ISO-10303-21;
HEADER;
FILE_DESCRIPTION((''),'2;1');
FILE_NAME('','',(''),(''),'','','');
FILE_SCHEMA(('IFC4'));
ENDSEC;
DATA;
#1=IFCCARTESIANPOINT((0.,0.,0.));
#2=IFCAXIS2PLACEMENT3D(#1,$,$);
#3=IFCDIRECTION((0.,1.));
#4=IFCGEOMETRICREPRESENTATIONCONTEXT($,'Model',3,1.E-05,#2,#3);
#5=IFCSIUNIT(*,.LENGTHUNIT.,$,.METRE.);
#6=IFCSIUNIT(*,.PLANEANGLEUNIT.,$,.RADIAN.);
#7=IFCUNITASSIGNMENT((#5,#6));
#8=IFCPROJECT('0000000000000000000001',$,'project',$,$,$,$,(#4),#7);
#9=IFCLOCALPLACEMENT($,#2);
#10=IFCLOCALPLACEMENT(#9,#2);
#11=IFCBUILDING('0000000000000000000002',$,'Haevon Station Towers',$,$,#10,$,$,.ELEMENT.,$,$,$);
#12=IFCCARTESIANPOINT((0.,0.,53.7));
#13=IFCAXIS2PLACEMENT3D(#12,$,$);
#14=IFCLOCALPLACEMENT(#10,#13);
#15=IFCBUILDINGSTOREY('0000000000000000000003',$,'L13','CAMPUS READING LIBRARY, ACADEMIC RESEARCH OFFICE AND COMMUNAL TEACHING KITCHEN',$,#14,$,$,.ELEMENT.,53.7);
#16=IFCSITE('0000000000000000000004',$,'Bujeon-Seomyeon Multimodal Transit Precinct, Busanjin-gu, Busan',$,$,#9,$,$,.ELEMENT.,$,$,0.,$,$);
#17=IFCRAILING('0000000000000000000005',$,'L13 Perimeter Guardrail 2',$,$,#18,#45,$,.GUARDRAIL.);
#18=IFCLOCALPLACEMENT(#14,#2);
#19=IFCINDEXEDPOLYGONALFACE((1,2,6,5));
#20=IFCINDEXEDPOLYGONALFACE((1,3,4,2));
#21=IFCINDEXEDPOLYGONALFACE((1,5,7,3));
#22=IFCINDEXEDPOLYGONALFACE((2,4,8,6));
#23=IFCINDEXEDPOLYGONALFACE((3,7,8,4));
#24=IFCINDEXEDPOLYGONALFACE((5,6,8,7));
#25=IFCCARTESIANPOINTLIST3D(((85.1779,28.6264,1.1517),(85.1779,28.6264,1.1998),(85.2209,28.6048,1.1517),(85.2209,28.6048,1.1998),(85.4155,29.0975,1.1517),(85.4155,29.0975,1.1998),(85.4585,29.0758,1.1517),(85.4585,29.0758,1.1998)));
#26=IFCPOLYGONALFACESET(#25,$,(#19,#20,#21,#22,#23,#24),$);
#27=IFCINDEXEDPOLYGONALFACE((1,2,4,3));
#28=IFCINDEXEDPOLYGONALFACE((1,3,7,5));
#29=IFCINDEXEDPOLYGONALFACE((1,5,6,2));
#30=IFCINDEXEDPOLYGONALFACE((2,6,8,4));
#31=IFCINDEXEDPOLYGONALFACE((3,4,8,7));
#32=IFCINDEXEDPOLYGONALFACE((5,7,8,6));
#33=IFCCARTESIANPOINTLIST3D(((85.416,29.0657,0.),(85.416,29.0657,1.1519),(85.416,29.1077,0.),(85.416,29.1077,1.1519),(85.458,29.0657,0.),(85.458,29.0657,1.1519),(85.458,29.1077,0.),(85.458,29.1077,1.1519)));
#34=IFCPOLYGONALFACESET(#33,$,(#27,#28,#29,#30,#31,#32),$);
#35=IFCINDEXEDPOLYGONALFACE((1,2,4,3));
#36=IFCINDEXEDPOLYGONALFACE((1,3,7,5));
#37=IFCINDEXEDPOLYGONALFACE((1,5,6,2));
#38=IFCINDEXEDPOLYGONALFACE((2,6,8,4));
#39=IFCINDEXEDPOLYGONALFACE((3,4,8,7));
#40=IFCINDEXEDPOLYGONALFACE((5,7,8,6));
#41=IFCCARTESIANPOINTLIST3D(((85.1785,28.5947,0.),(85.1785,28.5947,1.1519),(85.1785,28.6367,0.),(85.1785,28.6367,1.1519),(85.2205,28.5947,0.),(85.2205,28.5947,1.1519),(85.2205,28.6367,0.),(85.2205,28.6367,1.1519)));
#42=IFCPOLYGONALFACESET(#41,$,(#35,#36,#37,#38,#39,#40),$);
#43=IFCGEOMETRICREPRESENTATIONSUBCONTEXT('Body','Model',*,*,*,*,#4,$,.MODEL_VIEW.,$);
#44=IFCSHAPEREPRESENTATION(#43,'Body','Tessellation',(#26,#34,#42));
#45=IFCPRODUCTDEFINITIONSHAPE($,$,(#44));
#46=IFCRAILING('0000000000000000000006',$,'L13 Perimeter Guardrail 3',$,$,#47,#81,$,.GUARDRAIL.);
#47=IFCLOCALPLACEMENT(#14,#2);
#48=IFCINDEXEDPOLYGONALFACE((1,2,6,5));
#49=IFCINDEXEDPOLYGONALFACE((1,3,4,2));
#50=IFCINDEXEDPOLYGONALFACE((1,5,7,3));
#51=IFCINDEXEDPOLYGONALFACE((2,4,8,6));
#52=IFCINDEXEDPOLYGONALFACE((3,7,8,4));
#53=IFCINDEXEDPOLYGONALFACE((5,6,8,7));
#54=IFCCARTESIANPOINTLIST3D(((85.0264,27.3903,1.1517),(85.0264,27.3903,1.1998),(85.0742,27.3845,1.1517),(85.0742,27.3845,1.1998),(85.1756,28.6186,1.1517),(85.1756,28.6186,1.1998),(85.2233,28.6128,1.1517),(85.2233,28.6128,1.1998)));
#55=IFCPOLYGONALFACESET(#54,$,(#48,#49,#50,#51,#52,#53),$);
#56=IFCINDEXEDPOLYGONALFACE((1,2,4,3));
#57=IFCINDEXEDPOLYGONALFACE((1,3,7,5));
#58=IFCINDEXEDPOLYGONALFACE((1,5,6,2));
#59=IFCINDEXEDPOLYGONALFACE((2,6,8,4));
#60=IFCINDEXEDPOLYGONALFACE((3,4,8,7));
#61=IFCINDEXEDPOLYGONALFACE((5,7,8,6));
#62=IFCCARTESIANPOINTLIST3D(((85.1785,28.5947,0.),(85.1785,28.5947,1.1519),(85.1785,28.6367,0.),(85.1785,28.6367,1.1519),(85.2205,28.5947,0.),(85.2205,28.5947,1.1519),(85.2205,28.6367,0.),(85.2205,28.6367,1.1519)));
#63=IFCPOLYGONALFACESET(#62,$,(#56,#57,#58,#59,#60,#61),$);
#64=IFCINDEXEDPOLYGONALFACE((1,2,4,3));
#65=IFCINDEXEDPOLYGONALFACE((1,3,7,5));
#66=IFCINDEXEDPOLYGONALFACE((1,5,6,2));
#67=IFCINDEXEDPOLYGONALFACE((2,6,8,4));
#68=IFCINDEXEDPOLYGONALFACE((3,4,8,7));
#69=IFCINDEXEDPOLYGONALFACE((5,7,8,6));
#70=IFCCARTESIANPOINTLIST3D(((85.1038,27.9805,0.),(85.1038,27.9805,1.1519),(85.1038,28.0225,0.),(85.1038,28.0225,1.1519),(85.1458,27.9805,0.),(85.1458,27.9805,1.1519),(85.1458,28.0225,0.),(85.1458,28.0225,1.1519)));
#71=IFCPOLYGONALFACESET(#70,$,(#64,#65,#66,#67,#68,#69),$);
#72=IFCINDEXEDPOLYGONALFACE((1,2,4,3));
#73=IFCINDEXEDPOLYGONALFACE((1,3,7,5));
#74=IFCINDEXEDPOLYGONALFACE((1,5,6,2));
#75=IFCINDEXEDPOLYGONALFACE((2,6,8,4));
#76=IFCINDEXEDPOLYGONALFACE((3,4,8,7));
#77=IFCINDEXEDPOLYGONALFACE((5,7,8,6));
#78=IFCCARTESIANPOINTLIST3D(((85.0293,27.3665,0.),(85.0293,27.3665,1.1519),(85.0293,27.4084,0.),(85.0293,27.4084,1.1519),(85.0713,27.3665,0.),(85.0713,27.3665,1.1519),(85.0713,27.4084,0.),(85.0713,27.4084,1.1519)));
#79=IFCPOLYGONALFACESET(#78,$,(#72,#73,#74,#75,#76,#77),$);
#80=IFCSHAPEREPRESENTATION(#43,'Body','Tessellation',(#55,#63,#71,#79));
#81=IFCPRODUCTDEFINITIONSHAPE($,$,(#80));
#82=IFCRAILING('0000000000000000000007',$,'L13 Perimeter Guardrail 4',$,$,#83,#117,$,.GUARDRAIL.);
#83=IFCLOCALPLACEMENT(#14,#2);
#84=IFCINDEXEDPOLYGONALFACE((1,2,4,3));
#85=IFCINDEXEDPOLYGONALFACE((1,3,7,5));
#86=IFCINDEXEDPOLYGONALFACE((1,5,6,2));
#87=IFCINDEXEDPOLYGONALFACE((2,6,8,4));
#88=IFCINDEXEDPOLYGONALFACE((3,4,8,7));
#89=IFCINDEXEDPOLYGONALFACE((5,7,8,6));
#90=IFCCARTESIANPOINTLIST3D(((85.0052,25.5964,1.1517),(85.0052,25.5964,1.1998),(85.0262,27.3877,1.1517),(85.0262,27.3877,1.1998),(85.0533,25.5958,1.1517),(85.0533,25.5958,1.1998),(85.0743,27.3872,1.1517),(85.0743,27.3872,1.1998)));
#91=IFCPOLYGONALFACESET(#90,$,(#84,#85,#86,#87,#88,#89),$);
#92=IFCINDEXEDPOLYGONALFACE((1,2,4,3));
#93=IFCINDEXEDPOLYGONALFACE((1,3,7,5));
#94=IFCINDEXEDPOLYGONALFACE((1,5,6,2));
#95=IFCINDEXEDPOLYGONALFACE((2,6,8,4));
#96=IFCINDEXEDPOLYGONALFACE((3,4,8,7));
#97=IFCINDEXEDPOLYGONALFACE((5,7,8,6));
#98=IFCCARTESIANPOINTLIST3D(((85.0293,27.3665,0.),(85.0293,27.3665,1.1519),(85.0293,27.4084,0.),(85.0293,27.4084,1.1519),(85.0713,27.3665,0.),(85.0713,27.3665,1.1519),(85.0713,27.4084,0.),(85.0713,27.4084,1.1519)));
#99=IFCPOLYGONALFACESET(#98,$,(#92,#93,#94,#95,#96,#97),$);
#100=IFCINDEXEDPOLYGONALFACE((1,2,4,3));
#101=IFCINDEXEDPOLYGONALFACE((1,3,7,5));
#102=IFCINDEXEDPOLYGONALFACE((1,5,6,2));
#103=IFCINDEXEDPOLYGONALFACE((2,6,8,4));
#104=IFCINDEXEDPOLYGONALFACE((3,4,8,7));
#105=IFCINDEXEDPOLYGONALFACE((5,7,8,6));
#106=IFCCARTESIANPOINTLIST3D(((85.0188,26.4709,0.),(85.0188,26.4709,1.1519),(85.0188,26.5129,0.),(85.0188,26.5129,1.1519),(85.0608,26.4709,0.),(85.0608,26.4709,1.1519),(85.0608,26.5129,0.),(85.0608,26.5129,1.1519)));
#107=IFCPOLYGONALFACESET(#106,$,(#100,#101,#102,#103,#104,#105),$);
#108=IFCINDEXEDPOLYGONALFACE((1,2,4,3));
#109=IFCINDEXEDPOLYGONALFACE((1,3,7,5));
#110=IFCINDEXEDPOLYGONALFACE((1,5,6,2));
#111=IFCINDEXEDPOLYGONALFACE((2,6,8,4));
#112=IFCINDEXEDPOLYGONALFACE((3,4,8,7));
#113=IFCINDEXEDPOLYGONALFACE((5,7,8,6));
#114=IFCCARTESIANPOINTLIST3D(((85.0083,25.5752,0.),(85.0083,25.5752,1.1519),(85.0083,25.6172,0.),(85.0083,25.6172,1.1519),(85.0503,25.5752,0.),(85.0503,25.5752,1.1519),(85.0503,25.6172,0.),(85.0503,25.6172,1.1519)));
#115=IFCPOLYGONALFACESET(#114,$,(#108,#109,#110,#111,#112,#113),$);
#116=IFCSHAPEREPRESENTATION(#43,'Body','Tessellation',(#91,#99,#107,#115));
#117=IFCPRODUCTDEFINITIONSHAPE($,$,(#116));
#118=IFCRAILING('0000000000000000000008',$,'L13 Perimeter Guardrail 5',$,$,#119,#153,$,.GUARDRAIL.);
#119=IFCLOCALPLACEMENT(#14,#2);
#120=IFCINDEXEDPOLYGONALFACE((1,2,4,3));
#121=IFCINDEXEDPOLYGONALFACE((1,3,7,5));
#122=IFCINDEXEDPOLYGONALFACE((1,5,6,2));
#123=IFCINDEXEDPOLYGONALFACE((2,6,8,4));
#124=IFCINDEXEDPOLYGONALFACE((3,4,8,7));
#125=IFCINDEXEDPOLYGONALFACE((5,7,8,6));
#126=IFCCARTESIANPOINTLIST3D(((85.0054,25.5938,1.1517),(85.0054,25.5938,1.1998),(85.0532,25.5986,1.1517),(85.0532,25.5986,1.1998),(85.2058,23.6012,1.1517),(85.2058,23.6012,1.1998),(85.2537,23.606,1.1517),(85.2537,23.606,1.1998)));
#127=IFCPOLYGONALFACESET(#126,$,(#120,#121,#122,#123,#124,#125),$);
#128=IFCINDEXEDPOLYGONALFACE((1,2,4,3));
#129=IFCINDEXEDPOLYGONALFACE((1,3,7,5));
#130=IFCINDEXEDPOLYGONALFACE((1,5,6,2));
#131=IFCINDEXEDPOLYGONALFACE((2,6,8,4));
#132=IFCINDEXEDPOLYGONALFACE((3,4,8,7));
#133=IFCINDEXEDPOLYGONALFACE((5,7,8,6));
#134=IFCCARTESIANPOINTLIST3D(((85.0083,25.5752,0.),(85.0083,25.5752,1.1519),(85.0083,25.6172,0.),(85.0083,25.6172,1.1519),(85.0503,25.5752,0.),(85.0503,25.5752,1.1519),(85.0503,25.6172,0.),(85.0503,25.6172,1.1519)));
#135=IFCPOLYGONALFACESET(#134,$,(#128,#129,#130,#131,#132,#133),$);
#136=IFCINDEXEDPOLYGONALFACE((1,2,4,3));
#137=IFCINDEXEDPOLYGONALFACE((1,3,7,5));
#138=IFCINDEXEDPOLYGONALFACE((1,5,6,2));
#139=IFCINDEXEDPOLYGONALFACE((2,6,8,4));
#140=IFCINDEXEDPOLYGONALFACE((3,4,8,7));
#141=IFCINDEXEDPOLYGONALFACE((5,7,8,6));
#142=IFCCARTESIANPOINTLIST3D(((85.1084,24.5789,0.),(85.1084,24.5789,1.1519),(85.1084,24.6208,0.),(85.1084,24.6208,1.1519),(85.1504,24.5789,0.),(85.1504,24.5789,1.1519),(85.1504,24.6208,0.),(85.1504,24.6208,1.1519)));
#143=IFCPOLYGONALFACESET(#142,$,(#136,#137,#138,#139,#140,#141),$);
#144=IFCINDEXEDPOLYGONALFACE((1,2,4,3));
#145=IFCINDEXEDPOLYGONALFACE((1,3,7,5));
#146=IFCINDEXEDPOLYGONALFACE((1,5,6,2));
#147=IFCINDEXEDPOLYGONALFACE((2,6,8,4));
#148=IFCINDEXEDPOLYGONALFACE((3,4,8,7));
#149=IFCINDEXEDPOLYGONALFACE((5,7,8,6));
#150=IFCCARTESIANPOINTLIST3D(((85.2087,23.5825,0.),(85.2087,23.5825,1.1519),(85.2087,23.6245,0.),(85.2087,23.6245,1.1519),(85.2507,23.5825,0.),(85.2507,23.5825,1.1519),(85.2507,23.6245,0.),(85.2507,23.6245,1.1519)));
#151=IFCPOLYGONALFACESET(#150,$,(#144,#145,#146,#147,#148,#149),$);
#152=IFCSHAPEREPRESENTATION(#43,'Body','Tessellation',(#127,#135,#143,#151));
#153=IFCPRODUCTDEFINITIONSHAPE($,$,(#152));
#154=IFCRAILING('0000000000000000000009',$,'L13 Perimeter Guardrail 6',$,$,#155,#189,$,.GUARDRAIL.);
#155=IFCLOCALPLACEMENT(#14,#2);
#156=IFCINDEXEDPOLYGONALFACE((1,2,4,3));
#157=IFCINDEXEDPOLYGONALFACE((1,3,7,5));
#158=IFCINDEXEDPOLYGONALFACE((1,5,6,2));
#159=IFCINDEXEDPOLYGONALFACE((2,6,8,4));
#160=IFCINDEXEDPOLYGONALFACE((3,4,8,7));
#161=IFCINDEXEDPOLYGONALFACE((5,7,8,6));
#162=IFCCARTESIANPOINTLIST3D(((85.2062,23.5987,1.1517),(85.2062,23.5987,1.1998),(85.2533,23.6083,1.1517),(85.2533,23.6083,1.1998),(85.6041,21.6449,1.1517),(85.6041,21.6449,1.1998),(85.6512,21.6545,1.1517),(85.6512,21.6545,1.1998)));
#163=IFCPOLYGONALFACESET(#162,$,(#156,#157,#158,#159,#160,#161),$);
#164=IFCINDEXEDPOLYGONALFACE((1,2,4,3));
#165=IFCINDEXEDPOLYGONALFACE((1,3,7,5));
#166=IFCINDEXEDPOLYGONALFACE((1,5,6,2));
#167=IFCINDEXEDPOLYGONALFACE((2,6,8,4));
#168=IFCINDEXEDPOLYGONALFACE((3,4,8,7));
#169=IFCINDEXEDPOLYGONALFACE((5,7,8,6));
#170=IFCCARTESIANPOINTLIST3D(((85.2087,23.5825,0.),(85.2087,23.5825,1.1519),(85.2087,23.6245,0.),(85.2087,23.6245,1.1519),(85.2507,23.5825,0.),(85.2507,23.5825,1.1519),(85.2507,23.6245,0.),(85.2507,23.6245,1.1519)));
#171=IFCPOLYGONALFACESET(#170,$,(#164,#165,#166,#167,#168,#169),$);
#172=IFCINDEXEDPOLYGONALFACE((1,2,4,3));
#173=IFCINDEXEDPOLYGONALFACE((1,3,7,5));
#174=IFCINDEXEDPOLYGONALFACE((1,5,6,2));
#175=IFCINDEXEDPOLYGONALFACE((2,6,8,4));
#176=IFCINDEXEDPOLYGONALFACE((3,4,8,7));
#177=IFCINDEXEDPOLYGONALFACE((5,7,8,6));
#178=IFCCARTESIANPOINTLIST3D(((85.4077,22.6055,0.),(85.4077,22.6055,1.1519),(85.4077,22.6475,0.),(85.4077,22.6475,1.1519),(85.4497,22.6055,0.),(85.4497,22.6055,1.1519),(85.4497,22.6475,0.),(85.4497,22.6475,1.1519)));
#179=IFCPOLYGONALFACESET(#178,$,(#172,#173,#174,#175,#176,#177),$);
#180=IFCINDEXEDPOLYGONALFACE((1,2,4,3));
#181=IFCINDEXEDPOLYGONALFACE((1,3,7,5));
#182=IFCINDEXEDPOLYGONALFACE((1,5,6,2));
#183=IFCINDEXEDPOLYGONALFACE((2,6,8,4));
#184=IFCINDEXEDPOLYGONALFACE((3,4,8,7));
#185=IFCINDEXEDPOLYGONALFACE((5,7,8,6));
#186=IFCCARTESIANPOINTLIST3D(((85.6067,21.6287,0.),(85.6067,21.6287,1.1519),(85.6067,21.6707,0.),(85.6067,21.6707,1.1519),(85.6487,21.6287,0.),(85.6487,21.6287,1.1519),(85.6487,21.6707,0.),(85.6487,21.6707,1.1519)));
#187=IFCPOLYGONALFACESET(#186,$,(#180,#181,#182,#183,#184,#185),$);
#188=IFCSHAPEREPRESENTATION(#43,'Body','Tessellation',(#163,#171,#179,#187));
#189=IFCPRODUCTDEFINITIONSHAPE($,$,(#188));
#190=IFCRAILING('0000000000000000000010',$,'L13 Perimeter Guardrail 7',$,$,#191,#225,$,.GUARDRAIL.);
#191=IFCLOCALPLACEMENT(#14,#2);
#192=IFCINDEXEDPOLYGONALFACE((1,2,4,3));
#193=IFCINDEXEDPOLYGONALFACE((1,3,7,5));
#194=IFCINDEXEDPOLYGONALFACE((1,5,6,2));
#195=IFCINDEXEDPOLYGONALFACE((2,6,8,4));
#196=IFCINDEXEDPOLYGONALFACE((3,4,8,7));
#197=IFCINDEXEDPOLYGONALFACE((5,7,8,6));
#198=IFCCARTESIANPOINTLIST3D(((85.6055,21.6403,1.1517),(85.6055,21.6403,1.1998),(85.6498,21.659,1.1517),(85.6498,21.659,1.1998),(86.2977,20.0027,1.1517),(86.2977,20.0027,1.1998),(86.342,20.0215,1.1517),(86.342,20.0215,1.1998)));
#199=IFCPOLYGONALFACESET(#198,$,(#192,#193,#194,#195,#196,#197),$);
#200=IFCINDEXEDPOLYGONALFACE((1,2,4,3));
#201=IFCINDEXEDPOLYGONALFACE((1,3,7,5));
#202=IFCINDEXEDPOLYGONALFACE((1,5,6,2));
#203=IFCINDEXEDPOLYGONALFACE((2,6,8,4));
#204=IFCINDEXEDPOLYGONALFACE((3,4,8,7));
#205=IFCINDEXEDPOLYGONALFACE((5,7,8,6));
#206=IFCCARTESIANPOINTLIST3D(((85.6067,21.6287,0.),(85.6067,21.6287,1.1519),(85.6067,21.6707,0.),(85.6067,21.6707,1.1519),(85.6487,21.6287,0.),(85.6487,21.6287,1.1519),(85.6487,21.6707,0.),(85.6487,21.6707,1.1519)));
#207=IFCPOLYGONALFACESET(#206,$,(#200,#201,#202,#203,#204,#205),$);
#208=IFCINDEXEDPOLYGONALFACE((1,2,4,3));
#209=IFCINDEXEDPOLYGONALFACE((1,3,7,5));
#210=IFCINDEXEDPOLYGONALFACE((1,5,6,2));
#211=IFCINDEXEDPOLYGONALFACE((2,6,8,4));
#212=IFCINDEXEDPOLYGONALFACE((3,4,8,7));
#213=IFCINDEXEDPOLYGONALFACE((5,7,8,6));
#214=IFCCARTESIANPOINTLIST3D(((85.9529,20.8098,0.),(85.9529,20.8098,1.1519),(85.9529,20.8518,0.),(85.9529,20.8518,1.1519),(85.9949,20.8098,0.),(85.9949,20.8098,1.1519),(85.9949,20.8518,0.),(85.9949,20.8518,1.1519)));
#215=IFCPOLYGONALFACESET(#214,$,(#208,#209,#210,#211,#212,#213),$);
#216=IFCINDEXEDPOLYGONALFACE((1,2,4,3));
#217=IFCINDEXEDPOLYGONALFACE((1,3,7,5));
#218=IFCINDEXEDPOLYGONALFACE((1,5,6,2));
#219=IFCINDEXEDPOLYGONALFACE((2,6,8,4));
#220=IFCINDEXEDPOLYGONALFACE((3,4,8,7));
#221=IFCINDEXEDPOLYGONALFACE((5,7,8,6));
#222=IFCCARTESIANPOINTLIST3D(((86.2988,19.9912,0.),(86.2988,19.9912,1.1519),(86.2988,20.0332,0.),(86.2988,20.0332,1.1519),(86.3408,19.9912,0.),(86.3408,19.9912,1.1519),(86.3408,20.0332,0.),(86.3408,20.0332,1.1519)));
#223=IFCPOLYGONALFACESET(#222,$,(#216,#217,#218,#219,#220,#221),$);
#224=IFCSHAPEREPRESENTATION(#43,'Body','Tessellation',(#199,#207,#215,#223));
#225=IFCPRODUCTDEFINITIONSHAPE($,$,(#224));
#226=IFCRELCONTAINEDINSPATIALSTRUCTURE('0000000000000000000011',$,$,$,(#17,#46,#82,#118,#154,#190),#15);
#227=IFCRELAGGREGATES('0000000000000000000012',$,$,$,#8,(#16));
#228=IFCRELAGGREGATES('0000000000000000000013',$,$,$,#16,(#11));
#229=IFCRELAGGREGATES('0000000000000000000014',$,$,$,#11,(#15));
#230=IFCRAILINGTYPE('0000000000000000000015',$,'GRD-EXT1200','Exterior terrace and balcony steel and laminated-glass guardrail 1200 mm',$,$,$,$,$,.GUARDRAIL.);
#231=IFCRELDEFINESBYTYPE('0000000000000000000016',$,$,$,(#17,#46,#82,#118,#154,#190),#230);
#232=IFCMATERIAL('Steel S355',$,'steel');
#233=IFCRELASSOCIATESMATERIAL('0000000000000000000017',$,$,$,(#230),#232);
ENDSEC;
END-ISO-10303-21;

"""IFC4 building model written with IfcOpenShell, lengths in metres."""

from ifc_helpers import new_model, si_unit, direction, frame, origin, origin_2d, place, context, subcontext, project, spatial, rectangle, extrude, material, type_object, element, save


model = new_model("IFC4")

# Units and contexts
model_context = context("Model", 3, precision=1e-05, world=origin(), true_north=direction((0.0, 1.0)))
body_context = subcontext(model_context, "Body", "Model", "MODEL_VIEW")
ifc_project = project(units=[si_unit("LENGTHUNIT", "METRE"), si_unit("PLANEANGLEUNIT", "RADIAN")], contexts=[model_context])

# Site, building, storey
site_placement = place(None, origin())
site = spatial("IfcSite", under=ifc_project, at=site_placement, Name="Bujeon-Seomyeon Multimodal Transit Precinct, Busanjin-gu, Busan", CompositionType="ELEMENT", RefElevation=0.0)
building_placement = place(site_placement, origin())
building = spatial("IfcBuilding", under=site, at=building_placement, Name="Haevon Station Towers", CompositionType="ELEMENT")
storey_placement = place(building_placement, frame((0.0, 0.0, 53.7)))
storey = spatial("IfcBuildingStorey", under=building, at=storey_placement, Name="L13", Description="CAMPUS READING LIBRARY, ACADEMIC RESEARCH OFFICE AND COMMUNAL TEACHING KITCHEN", CompositionType="ELEMENT", Elevation=53.7)

# Shared definitions
ifc_material_1 = material(Name="Steel S355", Category="steel")

# Railings
railing_type = type_object("IfcRailingType", Name="GRD-EXT1200", Description="Exterior terrace and balcony steel and laminated-glass guardrail 1200 mm", PredefinedType="GUARDRAIL", material=ifc_material_1)
railing_1_placement = place(storey_placement, frame((85.437, 29.0867, 0.0)))
element("IfcRailing", 1, at=railing_1_placement, inside=storey, type_object=railing_type, Name="L13 Perimeter Guardrail 2", PredefinedType="GUARDRAIL", context=body_context, shape_type="SweptSolid", body=[
    extrude(rectangle(XDim=0.0481, YDim=0.0481, at=origin_2d()), frame((0.0, 0.0, 1.1758), z_axis=(-0.450358, -0.892848, 0.0), x_axis=(0.892848, -0.450358, 0.0)), (0.0, 0.0, 1.0), 0.5276),
    extrude(rectangle(XDim=0.042, YDim=0.042, at=origin_2d()), origin(), (0.0, 0.0, 1.0), 1.1519),
    extrude(rectangle(XDim=0.042, YDim=0.042, at=origin_2d()), frame((-0.2375, -0.4709, 0.0)), (0.0, 0.0, 1.0), 1.1519),
])
railing_2_placement = place(storey_placement, frame((85.1995, 28.6157, 0.0)))
element("IfcRailing", 2, at=railing_2_placement, inside=storey, type_object=railing_type, Name="L13 Perimeter Guardrail 3", PredefinedType="GUARDRAIL", context=body_context, shape_type="SweptSolid", body=[
    extrude(rectangle(XDim=0.0481, YDim=0.0481, at=origin_2d()), frame((0.0, 0.0, 1.1758), z_axis=(-0.120561, -0.992706, 0.0), x_axis=(0.992706, -0.120561, 0.0)), (0.0, 0.0, 1.0), 1.2373),
    extrude(rectangle(XDim=0.042, YDim=0.042, at=origin_2d()), origin(), (0.0, 0.0, 1.0), 1.1519),
    extrude(rectangle(XDim=0.042, YDim=0.042, at=origin_2d()), frame((-0.0747, -0.6143, 0.0)), (0.0, 0.0, 1.0), 1.1519),
    extrude(rectangle(XDim=0.042, YDim=0.042, at=origin_2d()), frame((-0.1492, -1.2283, 0.0)), (0.0, 0.0, 1.0), 1.1519),
])
railing_3_placement = place(storey_placement, frame((85.0503, 27.3875, 0.0)))
element("IfcRailing", 3, at=railing_3_placement, inside=storey, type_object=railing_type, Name="L13 Perimeter Guardrail 4", PredefinedType="GUARDRAIL", context=body_context, shape_type="SweptSolid", body=[
    extrude(rectangle(XDim=0.0481, YDim=0.0481, at=origin_2d()), frame((0.0, 0.0, 1.1758), z_axis=(-0.011721, -0.999931, 0.0), x_axis=(0.999931, -0.011721, 0.0)), (0.0, 0.0, 1.0), 1.7915),
    extrude(rectangle(XDim=0.042, YDim=0.042, at=origin_2d()), origin(), (0.0, 0.0, 1.0), 1.1519),
    extrude(rectangle(XDim=0.042, YDim=0.042, at=origin_2d()), frame((-0.0105, -0.8955, 0.0)), (0.0, 0.0, 1.0), 1.1519),
    extrude(rectangle(XDim=0.042, YDim=0.042, at=origin_2d()), frame((-0.021, -1.7913, 0.0)), (0.0, 0.0, 1.0), 1.1519),
])
railing_4_placement = place(storey_placement, frame((85.0293, 25.5962, 0.0)))
element("IfcRailing", 4, at=railing_4_placement, inside=storey, type_object=railing_type, Name="L13 Perimeter Guardrail 5", PredefinedType="GUARDRAIL", context=body_context, shape_type="SweptSolid", body=[
    extrude(rectangle(XDim=0.0481, YDim=0.0481, at=origin_2d()), frame((0.0, 0.0, 1.1758), z_axis=(0.100083, -0.994979, 0.0), x_axis=(0.994979, 0.100083, 0.0)), (0.0, 0.0, 1.0), 2.0027),
    extrude(rectangle(XDim=0.042, YDim=0.042, at=origin_2d()), origin(), (0.0, 0.0, 1.0), 1.1519),
    extrude(rectangle(XDim=0.042, YDim=0.042, at=origin_2d()), frame((0.1001, -0.9963, 0.0)), (0.0, 0.0, 1.0), 1.1519),
    extrude(rectangle(XDim=0.042, YDim=0.042, at=origin_2d()), frame((0.2004, -1.9927, 0.0)), (0.0, 0.0, 1.0), 1.1519),
])
railing_5_placement = place(storey_placement, frame((85.2297, 23.6035, 0.0)))
element("IfcRailing", 5, at=railing_5_placement, inside=storey, type_object=railing_type, Name="L13 Perimeter Guardrail 6", PredefinedType="GUARDRAIL", context=body_context, shape_type="SweptSolid", body=[
    extrude(rectangle(XDim=0.0481, YDim=0.0481, at=origin_2d()), frame((0.0, 0.0, 1.1758), z_axis=(0.199576, -0.979882, 0.0), x_axis=(0.979882, 0.199576, 0.0)), (0.0, 0.0, 1.0), 1.9939),
    extrude(rectangle(XDim=0.042, YDim=0.042, at=origin_2d()), origin(), (0.0, 0.0, 1.0), 1.1519),
    extrude(rectangle(XDim=0.042, YDim=0.042, at=origin_2d()), frame((0.199, -0.9771, 0.0)), (0.0, 0.0, 1.0), 1.1519),
    extrude(rectangle(XDim=0.042, YDim=0.042, at=origin_2d()), frame((0.3979, -1.9539, 0.0)), (0.0, 0.0, 1.0), 1.1519),
])
railing_6_placement = place(storey_placement, frame((85.6277, 21.6497, 0.0)))
element("IfcRailing", 6, at=railing_6_placement, inside=storey, type_object=railing_type, Name="L13 Perimeter Guardrail 7", PredefinedType="GUARDRAIL", context=body_context, shape_type="SweptSolid", body=[
    extrude(rectangle(XDim=0.0481, YDim=0.0481, at=origin_2d()), frame((0.0, 0.0, 1.1758), z_axis=(0.38934, -0.921094, 0.0), x_axis=(0.921094, 0.38934, 0.0)), (0.0, 0.0, 1.0), 1.7778),
    extrude(rectangle(XDim=0.042, YDim=0.042, at=origin_2d()), origin(), (0.0, 0.0, 1.0), 1.1519),
    extrude(rectangle(XDim=0.042, YDim=0.042, at=origin_2d()), frame((0.3462, -0.8188, 0.0)), (0.0, 0.0, 1.0), 1.1519),
    extrude(rectangle(XDim=0.042, YDim=0.042, at=origin_2d()), frame((0.6921, -1.6375, 0.0)), (0.0, 0.0, 1.0), 1.1519),
])

save(model, "model.ifc")
